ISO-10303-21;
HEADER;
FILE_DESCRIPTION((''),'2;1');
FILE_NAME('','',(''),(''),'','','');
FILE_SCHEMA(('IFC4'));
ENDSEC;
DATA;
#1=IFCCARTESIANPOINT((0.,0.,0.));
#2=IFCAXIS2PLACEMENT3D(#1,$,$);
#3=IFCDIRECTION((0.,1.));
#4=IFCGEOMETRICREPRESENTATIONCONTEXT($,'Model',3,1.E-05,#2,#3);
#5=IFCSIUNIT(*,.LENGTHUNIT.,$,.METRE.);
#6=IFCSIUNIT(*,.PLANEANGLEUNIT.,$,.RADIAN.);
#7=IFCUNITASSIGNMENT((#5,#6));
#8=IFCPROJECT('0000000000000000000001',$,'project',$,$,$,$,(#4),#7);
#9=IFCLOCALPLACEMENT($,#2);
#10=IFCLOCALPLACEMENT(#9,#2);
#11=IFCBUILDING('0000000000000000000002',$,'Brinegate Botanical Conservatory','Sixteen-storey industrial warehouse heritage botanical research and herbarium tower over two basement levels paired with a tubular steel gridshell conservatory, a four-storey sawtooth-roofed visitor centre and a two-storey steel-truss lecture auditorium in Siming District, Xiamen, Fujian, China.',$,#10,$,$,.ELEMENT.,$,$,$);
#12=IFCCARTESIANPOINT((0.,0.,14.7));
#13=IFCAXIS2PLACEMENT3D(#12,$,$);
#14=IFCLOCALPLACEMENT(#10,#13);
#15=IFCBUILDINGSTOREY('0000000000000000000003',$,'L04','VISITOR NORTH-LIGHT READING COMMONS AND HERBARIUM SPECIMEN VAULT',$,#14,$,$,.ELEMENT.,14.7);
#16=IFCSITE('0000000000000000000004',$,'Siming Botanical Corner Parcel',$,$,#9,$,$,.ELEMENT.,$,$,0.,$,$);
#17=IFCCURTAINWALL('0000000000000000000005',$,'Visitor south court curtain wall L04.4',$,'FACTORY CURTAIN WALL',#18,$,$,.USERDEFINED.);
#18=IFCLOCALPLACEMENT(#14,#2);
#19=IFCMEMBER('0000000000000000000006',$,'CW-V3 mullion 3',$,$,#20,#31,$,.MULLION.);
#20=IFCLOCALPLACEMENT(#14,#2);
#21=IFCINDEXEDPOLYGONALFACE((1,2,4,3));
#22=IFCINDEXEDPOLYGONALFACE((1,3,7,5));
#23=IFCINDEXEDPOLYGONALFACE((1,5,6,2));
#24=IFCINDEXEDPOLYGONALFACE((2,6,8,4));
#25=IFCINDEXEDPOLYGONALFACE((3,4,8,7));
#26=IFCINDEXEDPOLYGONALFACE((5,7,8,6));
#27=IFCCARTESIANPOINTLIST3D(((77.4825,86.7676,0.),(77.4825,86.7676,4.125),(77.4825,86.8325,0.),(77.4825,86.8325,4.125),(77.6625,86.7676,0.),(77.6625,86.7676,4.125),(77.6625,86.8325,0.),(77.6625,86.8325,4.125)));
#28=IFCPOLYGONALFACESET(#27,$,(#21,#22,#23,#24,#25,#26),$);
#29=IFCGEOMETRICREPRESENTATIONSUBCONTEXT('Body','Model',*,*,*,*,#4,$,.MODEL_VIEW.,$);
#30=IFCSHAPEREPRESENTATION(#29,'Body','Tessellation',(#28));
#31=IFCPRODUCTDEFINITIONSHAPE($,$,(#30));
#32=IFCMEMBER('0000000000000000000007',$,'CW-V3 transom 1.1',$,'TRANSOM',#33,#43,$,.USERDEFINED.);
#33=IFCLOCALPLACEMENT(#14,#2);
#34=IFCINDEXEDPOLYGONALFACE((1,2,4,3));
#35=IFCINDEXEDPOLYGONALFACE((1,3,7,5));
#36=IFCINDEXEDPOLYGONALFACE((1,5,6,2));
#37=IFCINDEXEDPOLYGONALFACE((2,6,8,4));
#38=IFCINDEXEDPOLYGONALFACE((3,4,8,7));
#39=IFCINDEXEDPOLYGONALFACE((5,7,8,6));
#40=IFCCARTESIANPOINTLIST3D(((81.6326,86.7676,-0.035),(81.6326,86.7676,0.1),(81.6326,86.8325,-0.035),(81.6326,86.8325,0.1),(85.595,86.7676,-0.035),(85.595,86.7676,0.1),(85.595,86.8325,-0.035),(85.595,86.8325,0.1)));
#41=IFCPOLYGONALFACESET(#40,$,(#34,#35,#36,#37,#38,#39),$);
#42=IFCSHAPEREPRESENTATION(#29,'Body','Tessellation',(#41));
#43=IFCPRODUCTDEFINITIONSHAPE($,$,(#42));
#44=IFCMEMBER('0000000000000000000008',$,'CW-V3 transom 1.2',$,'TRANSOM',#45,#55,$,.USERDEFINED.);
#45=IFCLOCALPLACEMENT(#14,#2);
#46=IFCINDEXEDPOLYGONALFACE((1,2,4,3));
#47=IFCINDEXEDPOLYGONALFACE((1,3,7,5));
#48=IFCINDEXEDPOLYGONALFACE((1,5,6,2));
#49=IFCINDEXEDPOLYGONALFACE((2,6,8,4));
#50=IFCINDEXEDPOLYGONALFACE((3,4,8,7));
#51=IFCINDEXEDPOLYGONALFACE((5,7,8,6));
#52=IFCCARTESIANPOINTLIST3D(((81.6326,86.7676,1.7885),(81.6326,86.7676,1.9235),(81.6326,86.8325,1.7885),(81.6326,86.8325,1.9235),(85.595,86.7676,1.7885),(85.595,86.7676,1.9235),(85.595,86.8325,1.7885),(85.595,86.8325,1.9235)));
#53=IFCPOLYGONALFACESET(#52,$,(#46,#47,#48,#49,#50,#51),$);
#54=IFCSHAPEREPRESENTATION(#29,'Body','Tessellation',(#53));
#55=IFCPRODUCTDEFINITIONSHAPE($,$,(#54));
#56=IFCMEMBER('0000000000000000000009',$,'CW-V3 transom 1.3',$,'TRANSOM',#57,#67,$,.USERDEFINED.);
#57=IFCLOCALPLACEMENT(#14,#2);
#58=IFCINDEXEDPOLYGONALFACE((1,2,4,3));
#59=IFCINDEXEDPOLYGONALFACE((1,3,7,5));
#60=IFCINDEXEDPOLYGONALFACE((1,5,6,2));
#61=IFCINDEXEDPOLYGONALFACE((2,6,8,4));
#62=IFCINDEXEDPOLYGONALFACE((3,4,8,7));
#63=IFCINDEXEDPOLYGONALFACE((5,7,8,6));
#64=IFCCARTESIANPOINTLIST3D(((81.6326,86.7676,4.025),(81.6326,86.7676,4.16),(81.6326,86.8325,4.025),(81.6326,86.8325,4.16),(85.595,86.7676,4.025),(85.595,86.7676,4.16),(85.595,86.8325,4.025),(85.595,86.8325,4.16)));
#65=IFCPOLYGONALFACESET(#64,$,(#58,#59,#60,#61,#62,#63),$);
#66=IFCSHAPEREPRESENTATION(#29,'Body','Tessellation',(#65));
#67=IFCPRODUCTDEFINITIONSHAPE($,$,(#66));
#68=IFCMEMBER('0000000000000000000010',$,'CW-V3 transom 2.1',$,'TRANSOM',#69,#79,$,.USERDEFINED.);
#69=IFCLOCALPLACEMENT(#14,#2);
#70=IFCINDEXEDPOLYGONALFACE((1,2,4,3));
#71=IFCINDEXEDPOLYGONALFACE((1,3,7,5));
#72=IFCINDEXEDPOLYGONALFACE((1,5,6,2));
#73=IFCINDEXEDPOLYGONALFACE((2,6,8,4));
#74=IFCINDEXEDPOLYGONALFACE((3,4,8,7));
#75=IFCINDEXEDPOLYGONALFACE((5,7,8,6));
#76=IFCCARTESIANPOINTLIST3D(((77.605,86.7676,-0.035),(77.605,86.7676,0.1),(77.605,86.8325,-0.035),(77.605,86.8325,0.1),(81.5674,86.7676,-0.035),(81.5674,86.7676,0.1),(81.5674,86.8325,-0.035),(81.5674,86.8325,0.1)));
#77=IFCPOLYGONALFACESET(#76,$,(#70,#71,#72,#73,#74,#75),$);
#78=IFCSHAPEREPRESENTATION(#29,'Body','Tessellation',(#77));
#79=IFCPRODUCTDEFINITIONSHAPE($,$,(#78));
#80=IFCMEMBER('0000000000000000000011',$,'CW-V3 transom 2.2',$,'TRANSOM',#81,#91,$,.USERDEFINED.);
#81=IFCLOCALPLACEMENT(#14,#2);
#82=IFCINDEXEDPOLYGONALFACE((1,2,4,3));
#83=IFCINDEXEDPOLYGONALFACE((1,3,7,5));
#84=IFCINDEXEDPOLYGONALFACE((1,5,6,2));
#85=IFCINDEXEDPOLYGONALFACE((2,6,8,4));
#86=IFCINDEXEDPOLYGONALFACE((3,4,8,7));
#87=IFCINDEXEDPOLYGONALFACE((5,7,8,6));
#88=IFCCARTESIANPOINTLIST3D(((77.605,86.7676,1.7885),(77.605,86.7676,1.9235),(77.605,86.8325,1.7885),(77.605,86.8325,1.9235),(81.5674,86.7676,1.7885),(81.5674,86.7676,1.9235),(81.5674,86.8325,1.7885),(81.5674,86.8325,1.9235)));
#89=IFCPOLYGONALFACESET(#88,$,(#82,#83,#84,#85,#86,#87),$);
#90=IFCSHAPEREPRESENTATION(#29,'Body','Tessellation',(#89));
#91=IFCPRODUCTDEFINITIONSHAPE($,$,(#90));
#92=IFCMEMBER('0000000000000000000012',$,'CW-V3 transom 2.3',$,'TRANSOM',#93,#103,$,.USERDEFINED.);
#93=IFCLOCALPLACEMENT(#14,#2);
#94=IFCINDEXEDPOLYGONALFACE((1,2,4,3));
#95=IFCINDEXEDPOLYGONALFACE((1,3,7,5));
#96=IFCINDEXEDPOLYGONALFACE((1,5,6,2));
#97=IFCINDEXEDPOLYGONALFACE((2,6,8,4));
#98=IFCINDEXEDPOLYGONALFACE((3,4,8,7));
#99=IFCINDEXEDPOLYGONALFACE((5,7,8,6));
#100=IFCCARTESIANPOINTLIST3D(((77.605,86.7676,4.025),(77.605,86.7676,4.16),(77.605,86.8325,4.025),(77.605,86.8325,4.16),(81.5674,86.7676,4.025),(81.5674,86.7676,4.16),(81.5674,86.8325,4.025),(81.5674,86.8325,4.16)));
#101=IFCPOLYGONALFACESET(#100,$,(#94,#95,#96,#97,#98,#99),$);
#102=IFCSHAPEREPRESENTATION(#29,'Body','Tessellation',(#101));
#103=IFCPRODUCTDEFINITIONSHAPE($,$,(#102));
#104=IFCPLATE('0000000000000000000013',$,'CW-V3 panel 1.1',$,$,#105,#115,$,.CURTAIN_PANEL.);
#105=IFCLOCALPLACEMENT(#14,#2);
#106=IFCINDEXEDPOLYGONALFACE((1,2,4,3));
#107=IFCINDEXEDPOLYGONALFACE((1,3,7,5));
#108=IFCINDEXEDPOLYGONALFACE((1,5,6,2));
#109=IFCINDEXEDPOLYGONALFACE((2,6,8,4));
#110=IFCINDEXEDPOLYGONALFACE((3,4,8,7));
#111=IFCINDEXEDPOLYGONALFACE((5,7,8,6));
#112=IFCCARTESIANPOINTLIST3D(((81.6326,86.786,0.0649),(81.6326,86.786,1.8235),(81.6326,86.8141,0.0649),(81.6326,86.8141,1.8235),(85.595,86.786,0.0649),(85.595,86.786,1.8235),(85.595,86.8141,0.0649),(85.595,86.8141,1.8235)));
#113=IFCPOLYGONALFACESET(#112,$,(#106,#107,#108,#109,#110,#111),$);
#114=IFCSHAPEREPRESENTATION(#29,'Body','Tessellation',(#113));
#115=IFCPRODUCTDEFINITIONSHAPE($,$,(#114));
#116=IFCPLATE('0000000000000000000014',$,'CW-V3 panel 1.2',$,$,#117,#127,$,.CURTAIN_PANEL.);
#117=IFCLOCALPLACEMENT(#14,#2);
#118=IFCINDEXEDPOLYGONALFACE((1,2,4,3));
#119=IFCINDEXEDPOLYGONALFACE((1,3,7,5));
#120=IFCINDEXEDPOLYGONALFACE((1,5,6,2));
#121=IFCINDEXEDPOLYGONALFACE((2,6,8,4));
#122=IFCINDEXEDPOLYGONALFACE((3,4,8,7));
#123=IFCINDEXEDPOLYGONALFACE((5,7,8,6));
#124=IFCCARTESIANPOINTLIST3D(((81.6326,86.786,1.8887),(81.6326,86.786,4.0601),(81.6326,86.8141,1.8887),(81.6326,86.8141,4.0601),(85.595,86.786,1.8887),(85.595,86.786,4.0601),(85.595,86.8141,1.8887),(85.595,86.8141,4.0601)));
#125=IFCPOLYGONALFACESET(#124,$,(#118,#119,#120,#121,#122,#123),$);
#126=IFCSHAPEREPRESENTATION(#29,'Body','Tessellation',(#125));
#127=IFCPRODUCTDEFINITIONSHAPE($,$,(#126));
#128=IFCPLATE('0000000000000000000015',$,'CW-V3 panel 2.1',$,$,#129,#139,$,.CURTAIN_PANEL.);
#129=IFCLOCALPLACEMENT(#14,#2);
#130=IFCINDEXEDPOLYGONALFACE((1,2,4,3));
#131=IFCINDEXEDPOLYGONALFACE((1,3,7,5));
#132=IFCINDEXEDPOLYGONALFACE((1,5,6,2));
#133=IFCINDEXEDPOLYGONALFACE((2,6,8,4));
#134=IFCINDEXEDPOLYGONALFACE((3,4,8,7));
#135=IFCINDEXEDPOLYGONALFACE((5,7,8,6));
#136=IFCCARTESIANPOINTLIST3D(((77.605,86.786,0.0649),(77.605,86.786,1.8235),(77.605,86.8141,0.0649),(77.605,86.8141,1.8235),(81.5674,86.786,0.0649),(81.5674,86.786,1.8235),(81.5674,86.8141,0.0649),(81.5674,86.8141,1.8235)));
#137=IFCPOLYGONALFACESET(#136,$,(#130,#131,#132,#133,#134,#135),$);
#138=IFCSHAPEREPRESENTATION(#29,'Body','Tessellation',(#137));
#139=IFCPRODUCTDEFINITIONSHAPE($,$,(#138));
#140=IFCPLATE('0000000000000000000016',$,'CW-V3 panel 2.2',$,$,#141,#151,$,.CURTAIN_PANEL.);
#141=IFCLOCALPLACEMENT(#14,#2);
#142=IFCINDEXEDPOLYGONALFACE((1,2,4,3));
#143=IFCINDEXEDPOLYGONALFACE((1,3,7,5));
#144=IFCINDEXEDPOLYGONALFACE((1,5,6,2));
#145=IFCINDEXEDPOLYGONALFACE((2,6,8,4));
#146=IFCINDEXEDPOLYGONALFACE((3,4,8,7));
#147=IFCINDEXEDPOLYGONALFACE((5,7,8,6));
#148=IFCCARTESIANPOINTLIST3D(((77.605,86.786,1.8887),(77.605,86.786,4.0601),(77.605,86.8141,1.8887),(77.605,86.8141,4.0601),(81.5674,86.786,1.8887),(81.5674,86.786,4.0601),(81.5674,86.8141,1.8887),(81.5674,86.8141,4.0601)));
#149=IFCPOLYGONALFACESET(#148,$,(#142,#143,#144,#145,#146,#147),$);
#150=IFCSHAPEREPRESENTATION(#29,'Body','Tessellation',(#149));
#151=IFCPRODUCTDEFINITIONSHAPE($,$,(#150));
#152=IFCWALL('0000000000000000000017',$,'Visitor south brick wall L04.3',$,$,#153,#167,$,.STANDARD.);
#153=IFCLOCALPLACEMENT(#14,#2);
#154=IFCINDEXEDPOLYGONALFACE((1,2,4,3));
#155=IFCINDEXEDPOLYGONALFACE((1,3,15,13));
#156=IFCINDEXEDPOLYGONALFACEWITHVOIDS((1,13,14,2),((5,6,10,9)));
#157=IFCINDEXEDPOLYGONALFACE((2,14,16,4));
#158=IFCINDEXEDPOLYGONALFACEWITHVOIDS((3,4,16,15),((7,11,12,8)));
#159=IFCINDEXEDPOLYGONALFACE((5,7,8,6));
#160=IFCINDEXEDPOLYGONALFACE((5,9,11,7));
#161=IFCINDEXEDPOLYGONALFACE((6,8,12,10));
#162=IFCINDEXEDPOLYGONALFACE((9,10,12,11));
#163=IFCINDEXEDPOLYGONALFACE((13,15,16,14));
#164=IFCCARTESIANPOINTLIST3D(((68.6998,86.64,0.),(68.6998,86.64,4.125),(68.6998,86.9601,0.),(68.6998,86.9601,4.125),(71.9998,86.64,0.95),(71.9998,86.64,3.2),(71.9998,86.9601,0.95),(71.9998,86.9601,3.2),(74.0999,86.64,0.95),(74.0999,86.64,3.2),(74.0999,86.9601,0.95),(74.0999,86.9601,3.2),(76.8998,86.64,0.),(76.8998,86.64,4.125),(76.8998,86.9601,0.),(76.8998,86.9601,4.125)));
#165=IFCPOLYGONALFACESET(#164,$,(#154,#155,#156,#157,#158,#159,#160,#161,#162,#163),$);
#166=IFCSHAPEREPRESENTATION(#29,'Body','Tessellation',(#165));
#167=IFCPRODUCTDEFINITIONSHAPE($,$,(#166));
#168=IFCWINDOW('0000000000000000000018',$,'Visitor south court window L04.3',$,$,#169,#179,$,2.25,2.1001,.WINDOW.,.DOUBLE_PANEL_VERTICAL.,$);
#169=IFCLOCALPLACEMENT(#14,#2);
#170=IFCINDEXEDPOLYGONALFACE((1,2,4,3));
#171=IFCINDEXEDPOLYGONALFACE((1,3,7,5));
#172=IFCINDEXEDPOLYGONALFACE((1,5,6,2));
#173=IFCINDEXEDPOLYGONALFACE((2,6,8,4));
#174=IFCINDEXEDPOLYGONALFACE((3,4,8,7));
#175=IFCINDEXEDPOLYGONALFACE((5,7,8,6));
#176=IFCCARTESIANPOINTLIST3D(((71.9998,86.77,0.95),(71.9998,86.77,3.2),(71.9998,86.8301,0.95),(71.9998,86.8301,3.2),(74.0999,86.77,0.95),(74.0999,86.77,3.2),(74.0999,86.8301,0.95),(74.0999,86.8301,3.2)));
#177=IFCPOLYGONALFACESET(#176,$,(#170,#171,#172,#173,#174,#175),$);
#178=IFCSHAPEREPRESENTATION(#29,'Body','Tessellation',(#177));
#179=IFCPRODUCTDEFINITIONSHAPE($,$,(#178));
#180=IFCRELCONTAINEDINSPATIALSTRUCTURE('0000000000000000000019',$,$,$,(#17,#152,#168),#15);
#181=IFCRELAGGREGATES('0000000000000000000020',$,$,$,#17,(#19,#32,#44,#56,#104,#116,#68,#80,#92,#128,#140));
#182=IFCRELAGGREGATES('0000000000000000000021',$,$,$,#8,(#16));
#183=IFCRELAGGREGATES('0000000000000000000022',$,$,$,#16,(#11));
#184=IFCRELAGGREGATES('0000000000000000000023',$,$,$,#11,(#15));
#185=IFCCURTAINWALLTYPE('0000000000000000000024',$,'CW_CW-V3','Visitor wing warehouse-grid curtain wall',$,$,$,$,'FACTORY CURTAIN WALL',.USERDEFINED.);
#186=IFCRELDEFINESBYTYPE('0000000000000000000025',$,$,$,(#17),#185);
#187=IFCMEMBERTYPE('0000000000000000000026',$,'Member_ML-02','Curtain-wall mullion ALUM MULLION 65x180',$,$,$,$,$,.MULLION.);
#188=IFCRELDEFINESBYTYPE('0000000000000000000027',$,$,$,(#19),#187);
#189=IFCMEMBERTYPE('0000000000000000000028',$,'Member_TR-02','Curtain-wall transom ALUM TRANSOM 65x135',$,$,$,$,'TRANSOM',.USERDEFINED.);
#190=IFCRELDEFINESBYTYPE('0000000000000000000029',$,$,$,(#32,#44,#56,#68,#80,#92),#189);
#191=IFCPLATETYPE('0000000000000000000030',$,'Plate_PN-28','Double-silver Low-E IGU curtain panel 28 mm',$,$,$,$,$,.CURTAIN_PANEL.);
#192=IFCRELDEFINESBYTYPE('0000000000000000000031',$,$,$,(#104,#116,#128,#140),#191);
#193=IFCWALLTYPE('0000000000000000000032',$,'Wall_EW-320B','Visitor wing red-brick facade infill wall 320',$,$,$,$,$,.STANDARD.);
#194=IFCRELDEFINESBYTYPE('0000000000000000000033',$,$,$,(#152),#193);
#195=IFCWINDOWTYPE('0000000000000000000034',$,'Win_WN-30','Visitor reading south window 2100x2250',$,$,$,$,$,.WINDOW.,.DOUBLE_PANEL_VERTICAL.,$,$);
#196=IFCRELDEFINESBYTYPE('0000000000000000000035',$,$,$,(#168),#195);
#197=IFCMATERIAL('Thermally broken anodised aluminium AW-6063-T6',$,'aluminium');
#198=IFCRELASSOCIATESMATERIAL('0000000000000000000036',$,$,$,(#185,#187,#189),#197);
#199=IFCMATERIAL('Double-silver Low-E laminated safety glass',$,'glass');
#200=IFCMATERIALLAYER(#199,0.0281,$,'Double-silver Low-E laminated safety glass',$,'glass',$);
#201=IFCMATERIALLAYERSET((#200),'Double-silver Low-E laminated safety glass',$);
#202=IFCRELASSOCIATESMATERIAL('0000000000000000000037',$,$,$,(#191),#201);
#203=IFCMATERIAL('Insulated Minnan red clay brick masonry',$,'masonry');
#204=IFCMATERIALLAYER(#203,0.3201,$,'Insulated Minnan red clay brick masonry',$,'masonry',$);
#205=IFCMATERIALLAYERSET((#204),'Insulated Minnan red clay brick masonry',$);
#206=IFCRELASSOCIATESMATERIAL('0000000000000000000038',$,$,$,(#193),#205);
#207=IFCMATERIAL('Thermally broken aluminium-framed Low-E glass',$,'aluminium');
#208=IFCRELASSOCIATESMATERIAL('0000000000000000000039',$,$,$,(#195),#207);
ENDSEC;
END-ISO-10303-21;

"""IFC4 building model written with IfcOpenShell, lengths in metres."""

from ifc_helpers import new_model, si_unit, direction, frame, frame_2d, origin, origin_2d, place, context, subcontext, project, spatial, rectangle, extrude, material, layer, layer_set, material_profile, profile_set, type_object, element, fill, aggregate, save


model = new_model("IFC4")

# Units and contexts
model_context = context("Model", 3, precision=1e-05, world=origin(), true_north=direction((0.0, 1.0)))
body_context = subcontext(model_context, "Body", "Model", "MODEL_VIEW")
ifc_project = project(units=[si_unit("LENGTHUNIT", "METRE"), si_unit("PLANEANGLEUNIT", "RADIAN")], contexts=[model_context])

# Site, building, storey
site_placement = place(None, origin())
site = spatial("IfcSite", under=ifc_project, at=site_placement, Name="Siming Botanical Corner Parcel", CompositionType="ELEMENT", RefElevation=0.0)
building_placement = place(site_placement, origin())
building = spatial("IfcBuilding", under=site, at=building_placement, Name="Brinegate Botanical Conservatory", Description="Sixteen-storey industrial warehouse heritage botanical research and herbarium tower over two basement levels paired with a tubular steel gridshell conservatory, a four-storey sawtooth-roofed visitor centre and a two-storey steel-truss lecture auditorium in Siming District, Xiamen, Fujian, China.", CompositionType="ELEMENT")
storey_placement = place(building_placement, frame((0.0, 0.0, 14.7)))
storey = spatial("IfcBuildingStorey", under=building, at=storey_placement, Name="L04", Description="VISITOR NORTH-LIGHT READING COMMONS AND HERBARIUM SPECIMEN VAULT", CompositionType="ELEMENT", Elevation=14.7)

# Curtain wall, members, plates
ifc_material_1 = material(Name="Thermally broken anodised aluminium AW-6063-T6", Category="aluminium")
curtain_wall_type = type_object("IfcCurtainWallType", Name="CW_CW-V3", Description="Visitor wing warehouse-grid curtain wall", ElementType="FACTORY CURTAIN WALL", PredefinedType="USERDEFINED", material=ifc_material_1)
curtain_wall_placement = place(storey_placement, origin())
curtain_wall = element("IfcCurtainWall", 1, at=curtain_wall_placement, inside=storey, type_object=curtain_wall_type, Name="Visitor south court curtain wall L04.4", ObjectType="FACTORY CURTAIN WALL", PredefinedType="USERDEFINED")
ifc_material_profile_1 = material_profile(ifc_material_1, rectangle(XDim=0.0649, YDim=0.1799, at=origin_2d()), Name="ALUM MULLION 65x180")
ifc_profile_set_1 = profile_set([ifc_material_profile_1], Name="Thermally broken anodised aluminium AW-6063-T6")
member_type_1 = type_object("IfcMemberType", Name="Member_ML-02", Description="Curtain-wall mullion ALUM MULLION 65x180", PredefinedType="MULLION", material=ifc_profile_set_1)
member_1_placement = place(storey_placement, frame((77.5725, 86.8, 0.0), z_axis=(0.0, 0.0, 1.0), x_axis=(0.0, -1.0, 0.0)))
member_1 = element("IfcMember", 2, at=member_1_placement, type_object=member_type_1, Name="CW-V3 mullion 3", PredefinedType="MULLION", context=body_context, shape_type="SweptSolid", body=[
    extrude(rectangle(XDim=0.0649, YDim=0.1799, at=origin_2d()), origin(), (0.0, 0.0, 1.0), 4.125),
])
ifc_material_profile_2 = material_profile(ifc_material_1, rectangle(XDim=0.0649, YDim=0.135, at=origin_2d()), Name="ALUM TRANSOM 65x135")
ifc_profile_set_2 = profile_set([ifc_material_profile_2], Name="Thermally broken anodised aluminium AW-6063-T6")
member_type_2 = type_object("IfcMemberType", Name="Member_TR-02", Description="Curtain-wall transom ALUM TRANSOM 65x135", ElementType="TRANSOM", PredefinedType="USERDEFINED", material=ifc_profile_set_2)
member_2_placement = place(storey_placement, frame((85.595, 86.8, 0.0325), z_axis=(-1.0, 0.0, 0.0), x_axis=(0.0, -1.0, 0.0)))
member_2 = element("IfcMember", 3, at=member_2_placement, type_object=member_type_2, Name="CW-V3 transom 1.1", ObjectType="TRANSOM", PredefinedType="USERDEFINED", context=body_context, shape_type="SweptSolid", body=[
    extrude(rectangle(XDim=0.0649, YDim=0.135, at=origin_2d()), origin(), (0.0, 0.0, 1.0), 3.9624),
])
member_3_placement = place(storey_placement, frame((85.595, 86.8, 1.856), z_axis=(-1.0, 0.0, 0.0), x_axis=(0.0, -1.0, 0.0)))
member_3 = element("IfcMember", 4, at=member_3_placement, type_object=member_type_2, Name="CW-V3 transom 1.2", ObjectType="TRANSOM", PredefinedType="USERDEFINED", context=body_context, shape_type="SweptSolid", body=[
    extrude(rectangle(XDim=0.0649, YDim=0.135, at=origin_2d()), origin(), (0.0, 0.0, 1.0), 3.9624),
])
member_4_placement = place(storey_placement, frame((85.595, 86.8, 4.0925), z_axis=(-1.0, 0.0, 0.0), x_axis=(0.0, -1.0, 0.0)))
member_4 = element("IfcMember", 5, at=member_4_placement, type_object=member_type_2, Name="CW-V3 transom 1.3", ObjectType="TRANSOM", PredefinedType="USERDEFINED", context=body_context, shape_type="SweptSolid", body=[
    extrude(rectangle(XDim=0.0649, YDim=0.135, at=origin_2d()), origin(), (0.0, 0.0, 1.0), 3.9624),
])
member_5_placement = place(storey_placement, frame((81.5674, 86.8, 0.0325), z_axis=(-1.0, 0.0, 0.0), x_axis=(0.0, -1.0, 0.0)))
member_5 = element("IfcMember", 6, at=member_5_placement, type_object=member_type_2, Name="CW-V3 transom 2.1", ObjectType="TRANSOM", PredefinedType="USERDEFINED", context=body_context, shape_type="SweptSolid", body=[
    extrude(rectangle(XDim=0.0649, YDim=0.135, at=origin_2d()), origin(), (0.0, 0.0, 1.0), 3.9624),
])
member_6_placement = place(storey_placement, frame((81.5674, 86.8, 1.856), z_axis=(-1.0, 0.0, 0.0), x_axis=(0.0, -1.0, 0.0)))
member_6 = element("IfcMember", 7, at=member_6_placement, type_object=member_type_2, Name="CW-V3 transom 2.2", ObjectType="TRANSOM", PredefinedType="USERDEFINED", context=body_context, shape_type="SweptSolid", body=[
    extrude(rectangle(XDim=0.0649, YDim=0.135, at=origin_2d()), origin(), (0.0, 0.0, 1.0), 3.9624),
])
member_7_placement = place(storey_placement, frame((81.5674, 86.8, 4.0925), z_axis=(-1.0, 0.0, 0.0), x_axis=(0.0, -1.0, 0.0)))
member_7 = element("IfcMember", 8, at=member_7_placement, type_object=member_type_2, Name="CW-V3 transom 2.3", ObjectType="TRANSOM", PredefinedType="USERDEFINED", context=body_context, shape_type="SweptSolid", body=[
    extrude(rectangle(XDim=0.0649, YDim=0.135, at=origin_2d()), origin(), (0.0, 0.0, 1.0), 3.9624),
])
ifc_material_2 = material(Name="Double-silver Low-E laminated safety glass", Category="glass")
ifc_layer_1 = layer(ifc_material_2, 0.0281, Name="Double-silver Low-E laminated safety glass", Category="glass")
ifc_layer_set_1 = layer_set([ifc_layer_1], Name="Double-silver Low-E laminated safety glass")
plate_type = type_object("IfcPlateType", Name="Plate_PN-28", Description="Double-silver Low-E IGU curtain panel 28 mm", PredefinedType="CURTAIN_PANEL", material=ifc_layer_set_1)
plate_1_placement = place(storey_placement, frame((83.6138, 86.8, 0.0649), z_axis=(0.0, 0.0, 1.0), x_axis=(-1.0, 0.0, 0.0)))
plate_1 = element("IfcPlate", 9, at=plate_1_placement, type_object=plate_type, Name="CW-V3 panel 1.1", PredefinedType="CURTAIN_PANEL", context=body_context, shape_type="SweptSolid", body=[
    extrude(rectangle(XDim=3.9624, YDim=0.0281, at=origin_2d()), origin(), (0.0, 0.0, 1.0), 1.7585),
])
plate_2_placement = place(storey_placement, frame((83.6138, 86.8, 1.8887), z_axis=(0.0, 0.0, 1.0), x_axis=(-1.0, 0.0, 0.0)))
plate_2 = element("IfcPlate", 10, at=plate_2_placement, type_object=plate_type, Name="CW-V3 panel 1.2", PredefinedType="CURTAIN_PANEL", context=body_context, shape_type="SweptSolid", body=[
    extrude(rectangle(XDim=3.9624, YDim=0.0281, at=origin_2d()), origin(), (0.0, 0.0, 1.0), 2.1714),
])
plate_3_placement = place(storey_placement, frame((79.5862, 86.8, 0.0649), z_axis=(0.0, 0.0, 1.0), x_axis=(-1.0, 0.0, 0.0)))
plate_3 = element("IfcPlate", 11, at=plate_3_placement, type_object=plate_type, Name="CW-V3 panel 2.1", PredefinedType="CURTAIN_PANEL", context=body_context, shape_type="SweptSolid", body=[
    extrude(rectangle(XDim=3.9624, YDim=0.0281, at=origin_2d()), origin(), (0.0, 0.0, 1.0), 1.7585),
])
plate_4_placement = place(storey_placement, frame((79.5862, 86.8, 1.8887), z_axis=(0.0, 0.0, 1.0), x_axis=(-1.0, 0.0, 0.0)))
plate_4 = element("IfcPlate", 12, at=plate_4_placement, type_object=plate_type, Name="CW-V3 panel 2.2", PredefinedType="CURTAIN_PANEL", context=body_context, shape_type="SweptSolid", body=[
    extrude(rectangle(XDim=3.9624, YDim=0.0281, at=origin_2d()), origin(), (0.0, 0.0, 1.0), 2.1714),
])
aggregate(curtain_wall, [member_1, member_2, member_3, member_4, plate_1, plate_2, member_5, member_6, member_7, plate_3, plate_4])

# Wall, opening, window
ifc_material_3 = material(Name="Insulated Minnan red clay brick masonry", Category="masonry")
ifc_layer_2 = layer(ifc_material_3, 0.3201, Name="Insulated Minnan red clay brick masonry", Category="masonry")
ifc_layer_set_2 = layer_set([ifc_layer_2], Name="Insulated Minnan red clay brick masonry")
wall_type_1 = type_object("IfcWallType", Name="Wall_EW-320B", Description="Visitor wing red-brick facade infill wall 320", PredefinedType="STANDARD", material=ifc_layer_set_2)
wall_1_placement = place(storey_placement, frame((76.8999, 86.8, 0.0), z_axis=(0.0, 0.0, 1.0), x_axis=(-1.0, 0.0, 0.0)))
wall_1 = element("IfcWall", 13, at=wall_1_placement, inside=storey, type_object=wall_type_1, Name="Visitor south brick wall L04.3", PredefinedType="STANDARD", context=body_context, shape_type="SweptSolid", body=[
    extrude(rectangle(XDim=8.2, YDim=0.3201, at=frame_2d((4.1001, 0.0))), origin(), (0.0, 0.0, 1.0), 4.125),
])
opening_1_placement = place(wall_1_placement, frame((2.8, 0.0, 0.95)))
opening_1 = element("IfcOpeningElement", 14, at=opening_1_placement, cuts=wall_1, PredefinedType="OPENING", context=body_context, shape_type="SweptSolid", body=[
    extrude(rectangle(XDim=2.1001, YDim=2.25, at=frame_2d((1.05, 1.125))), frame((0.0, 0.1699, 0.0), z_axis=(0.0, -1.0, 0.0), x_axis=(1.0, 0.0, 0.0)), (0.0, 0.0, 1.0), 0.3401),
])
ifc_material_4 = material(Name="Thermally broken aluminium-framed Low-E glass", Category="aluminium")
window_type = type_object("IfcWindowType", Name="Win_WN-30", Description="Visitor reading south window 2100x2250", PartitioningType="DOUBLE_PANEL_VERTICAL", PredefinedType="WINDOW", material=ifc_material_4)
window_placement = place(opening_1_placement, origin())
window = element("IfcWindow", 15, at=window_placement, inside=storey, type_object=window_type, Name="Visitor south court window L04.3", OverallHeight=2.25, OverallWidth=2.1001, PartitioningType="DOUBLE_PANEL_VERTICAL", PredefinedType="WINDOW", context=body_context, shape_type="SweptSolid", body=[
    extrude(rectangle(XDim=2.1001, YDim=2.25, at=frame_2d((1.05, 1.125))), frame((0.0, 0.03, 0.0), z_axis=(0.0, -1.0, 0.0), x_axis=(1.0, 0.0, 0.0)), (0.0, 0.0, 1.0), 0.0601),
])
fill(opening_1, window)

save(model, "model.ifc")
